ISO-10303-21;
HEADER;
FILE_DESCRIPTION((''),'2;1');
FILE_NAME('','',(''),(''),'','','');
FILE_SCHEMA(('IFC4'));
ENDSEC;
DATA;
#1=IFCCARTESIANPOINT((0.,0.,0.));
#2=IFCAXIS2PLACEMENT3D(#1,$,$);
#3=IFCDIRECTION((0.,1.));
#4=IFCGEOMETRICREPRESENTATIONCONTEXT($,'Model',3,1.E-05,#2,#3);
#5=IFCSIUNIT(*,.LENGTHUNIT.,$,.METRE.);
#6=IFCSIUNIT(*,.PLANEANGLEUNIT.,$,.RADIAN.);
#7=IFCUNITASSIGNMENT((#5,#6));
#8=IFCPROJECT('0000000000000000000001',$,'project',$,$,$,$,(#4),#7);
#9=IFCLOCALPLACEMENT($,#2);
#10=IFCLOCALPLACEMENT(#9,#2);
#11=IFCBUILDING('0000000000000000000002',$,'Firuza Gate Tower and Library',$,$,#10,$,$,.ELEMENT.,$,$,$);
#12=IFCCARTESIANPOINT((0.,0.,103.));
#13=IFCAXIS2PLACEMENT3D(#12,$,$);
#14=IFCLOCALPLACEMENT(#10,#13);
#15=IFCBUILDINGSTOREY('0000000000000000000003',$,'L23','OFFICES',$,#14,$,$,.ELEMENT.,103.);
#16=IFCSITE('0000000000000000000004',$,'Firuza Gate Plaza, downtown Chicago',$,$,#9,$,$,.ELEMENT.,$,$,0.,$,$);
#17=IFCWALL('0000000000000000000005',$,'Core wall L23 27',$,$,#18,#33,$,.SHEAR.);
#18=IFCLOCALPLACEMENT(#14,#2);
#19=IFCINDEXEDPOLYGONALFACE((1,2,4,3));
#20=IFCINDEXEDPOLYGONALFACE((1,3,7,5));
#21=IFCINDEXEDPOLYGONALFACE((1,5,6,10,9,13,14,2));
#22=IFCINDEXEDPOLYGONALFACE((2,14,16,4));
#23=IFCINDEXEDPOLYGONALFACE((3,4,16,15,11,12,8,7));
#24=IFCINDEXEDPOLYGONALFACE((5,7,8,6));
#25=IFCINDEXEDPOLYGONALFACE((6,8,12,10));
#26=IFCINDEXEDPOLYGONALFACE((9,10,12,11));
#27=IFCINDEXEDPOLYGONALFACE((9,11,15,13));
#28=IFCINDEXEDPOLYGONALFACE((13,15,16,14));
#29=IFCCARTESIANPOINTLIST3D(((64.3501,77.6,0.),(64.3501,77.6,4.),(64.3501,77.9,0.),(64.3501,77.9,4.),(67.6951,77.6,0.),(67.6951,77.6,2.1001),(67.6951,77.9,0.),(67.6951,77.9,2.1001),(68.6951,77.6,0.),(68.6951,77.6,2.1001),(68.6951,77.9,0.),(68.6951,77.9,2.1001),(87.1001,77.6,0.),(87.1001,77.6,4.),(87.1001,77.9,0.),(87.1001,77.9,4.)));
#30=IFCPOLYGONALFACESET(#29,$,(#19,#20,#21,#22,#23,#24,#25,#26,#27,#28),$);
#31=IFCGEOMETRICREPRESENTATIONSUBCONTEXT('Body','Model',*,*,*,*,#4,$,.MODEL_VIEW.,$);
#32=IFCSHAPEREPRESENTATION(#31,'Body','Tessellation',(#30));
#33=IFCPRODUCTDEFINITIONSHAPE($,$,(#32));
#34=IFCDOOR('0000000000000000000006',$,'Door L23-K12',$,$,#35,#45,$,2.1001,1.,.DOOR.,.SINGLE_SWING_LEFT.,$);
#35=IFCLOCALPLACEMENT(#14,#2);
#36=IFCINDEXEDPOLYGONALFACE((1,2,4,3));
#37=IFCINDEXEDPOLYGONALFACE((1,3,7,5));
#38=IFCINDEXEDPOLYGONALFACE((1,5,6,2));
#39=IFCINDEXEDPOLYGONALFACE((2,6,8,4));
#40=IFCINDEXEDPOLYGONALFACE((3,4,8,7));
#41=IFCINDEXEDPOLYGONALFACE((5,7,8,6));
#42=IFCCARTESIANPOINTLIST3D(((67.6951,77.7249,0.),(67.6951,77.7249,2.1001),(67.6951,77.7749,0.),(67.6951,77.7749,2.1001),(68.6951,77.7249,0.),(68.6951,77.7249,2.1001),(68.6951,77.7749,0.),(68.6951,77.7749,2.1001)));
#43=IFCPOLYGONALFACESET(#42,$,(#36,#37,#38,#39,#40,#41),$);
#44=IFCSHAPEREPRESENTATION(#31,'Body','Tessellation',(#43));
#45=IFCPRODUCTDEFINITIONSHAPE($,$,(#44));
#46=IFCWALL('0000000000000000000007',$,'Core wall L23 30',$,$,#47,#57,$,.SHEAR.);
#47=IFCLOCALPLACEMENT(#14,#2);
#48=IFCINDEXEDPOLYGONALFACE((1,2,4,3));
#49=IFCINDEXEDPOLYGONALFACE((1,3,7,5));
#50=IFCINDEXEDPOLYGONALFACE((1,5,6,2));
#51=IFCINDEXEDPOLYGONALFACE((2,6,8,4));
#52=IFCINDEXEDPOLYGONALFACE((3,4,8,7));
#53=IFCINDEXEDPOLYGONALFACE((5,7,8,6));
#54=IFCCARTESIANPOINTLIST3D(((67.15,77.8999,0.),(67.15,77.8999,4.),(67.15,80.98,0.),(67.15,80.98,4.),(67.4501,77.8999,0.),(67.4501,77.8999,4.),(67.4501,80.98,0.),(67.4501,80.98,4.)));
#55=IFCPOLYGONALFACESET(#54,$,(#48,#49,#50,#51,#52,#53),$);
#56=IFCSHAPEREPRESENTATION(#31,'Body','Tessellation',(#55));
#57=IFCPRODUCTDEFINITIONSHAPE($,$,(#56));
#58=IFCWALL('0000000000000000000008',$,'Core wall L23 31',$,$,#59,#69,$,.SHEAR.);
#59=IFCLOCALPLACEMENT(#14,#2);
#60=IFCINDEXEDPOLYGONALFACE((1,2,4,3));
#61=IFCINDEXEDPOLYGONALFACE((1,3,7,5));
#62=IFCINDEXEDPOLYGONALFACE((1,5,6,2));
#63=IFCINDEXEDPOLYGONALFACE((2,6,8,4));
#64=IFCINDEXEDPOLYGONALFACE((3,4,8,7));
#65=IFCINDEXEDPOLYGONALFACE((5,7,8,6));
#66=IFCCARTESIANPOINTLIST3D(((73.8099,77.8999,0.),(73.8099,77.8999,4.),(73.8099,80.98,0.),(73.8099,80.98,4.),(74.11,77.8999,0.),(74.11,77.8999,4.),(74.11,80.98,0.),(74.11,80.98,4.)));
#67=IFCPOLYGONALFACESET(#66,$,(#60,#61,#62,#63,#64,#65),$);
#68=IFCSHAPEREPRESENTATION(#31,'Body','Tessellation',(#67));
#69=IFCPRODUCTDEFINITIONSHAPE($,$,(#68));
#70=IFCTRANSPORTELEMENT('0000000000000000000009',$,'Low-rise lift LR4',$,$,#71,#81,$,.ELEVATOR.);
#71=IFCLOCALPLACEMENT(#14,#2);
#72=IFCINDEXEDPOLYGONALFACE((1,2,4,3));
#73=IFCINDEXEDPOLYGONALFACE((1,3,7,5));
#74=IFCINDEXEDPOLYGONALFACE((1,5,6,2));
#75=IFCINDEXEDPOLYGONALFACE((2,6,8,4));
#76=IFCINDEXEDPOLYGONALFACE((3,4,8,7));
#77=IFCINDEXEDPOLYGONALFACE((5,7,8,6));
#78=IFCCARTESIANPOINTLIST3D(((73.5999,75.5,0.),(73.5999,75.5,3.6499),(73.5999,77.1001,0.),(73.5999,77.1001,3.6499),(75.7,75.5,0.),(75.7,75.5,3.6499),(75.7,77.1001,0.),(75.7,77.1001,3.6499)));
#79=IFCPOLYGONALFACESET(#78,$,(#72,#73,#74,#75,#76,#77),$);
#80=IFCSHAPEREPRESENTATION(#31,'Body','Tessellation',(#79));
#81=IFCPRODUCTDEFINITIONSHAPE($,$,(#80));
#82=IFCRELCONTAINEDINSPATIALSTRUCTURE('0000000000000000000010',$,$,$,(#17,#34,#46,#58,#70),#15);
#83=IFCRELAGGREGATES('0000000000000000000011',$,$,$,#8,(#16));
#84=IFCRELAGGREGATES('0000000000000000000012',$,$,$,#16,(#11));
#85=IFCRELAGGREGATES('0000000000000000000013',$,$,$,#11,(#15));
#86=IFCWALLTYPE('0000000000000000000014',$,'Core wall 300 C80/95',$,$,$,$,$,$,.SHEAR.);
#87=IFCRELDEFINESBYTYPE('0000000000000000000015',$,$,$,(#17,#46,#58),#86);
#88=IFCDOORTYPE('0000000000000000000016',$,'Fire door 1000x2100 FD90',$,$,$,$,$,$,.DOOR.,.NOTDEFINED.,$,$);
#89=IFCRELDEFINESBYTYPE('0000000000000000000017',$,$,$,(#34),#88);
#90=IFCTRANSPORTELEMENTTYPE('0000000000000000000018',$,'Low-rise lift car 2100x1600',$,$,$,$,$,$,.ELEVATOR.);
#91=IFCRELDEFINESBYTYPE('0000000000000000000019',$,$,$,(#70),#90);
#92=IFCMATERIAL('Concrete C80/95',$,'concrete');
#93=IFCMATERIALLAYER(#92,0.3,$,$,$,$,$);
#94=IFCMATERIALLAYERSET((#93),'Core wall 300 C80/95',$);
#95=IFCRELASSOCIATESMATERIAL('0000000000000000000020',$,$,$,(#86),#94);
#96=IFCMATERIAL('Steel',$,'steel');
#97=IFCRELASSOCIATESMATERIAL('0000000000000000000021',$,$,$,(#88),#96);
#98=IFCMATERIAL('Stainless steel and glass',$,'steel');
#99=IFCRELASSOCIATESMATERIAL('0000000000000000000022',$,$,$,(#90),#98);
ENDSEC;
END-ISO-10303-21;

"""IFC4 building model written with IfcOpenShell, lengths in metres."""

from ifc_helpers import new_model, si_unit, direction, frame, frame_2d, origin, origin_2d, place, context, subcontext, project, spatial, rectangle, extrude, material, layer, layer_set, type_object, element, fill, save


model = new_model("IFC4")

# Units and contexts
model_context = context("Model", 3, precision=1e-05, world=origin(), true_north=direction((0.0, 1.0)))
body_context = subcontext(model_context, "Body", "Model", "MODEL_VIEW")
ifc_project = project(units=[si_unit("LENGTHUNIT", "METRE"), si_unit("PLANEANGLEUNIT", "RADIAN")], contexts=[model_context])

# Site, building, storey
site_placement = place(None, origin())
site = spatial("IfcSite", under=ifc_project, at=site_placement, Name="Firuza Gate Plaza, downtown Chicago", CompositionType="ELEMENT", RefElevation=0.0)
building_placement = place(site_placement, origin())
building = spatial("IfcBuilding", under=site, at=building_placement, Name="Firuza Gate Tower and Library", CompositionType="ELEMENT")
storey_placement = place(building_placement, frame((0.0, 0.0, 103.0)))
storey = spatial("IfcBuildingStorey", under=building, at=storey_placement, Name="L23", Description="OFFICES", CompositionType="ELEMENT", Elevation=103.0)

# Shared definitions
ifc_material_1 = material(Name="Concrete C80/95", Category="concrete")
ifc_layer_1 = layer(ifc_material_1, 0.3)
ifc_layer_set_1 = layer_set([ifc_layer_1], Name="Core wall 300 C80/95")
wall_type_1 = type_object("IfcWallType", Name="Core wall 300 C80/95", PredefinedType="SHEAR", material=ifc_layer_set_1)

# Wall, opening, door
wall_1_placement = place(storey_placement, frame((64.3501, 77.75, 0.0), z_axis=(0.0, 0.0, 1.0), x_axis=(1.0, 0.0, 0.0)))
wall_1 = element("IfcWall", 1, at=wall_1_placement, inside=storey, type_object=wall_type_1, Name="Core wall L23 27", PredefinedType="SHEAR", context=body_context, shape_type="SweptSolid", body=[
    extrude(rectangle(XDim=22.75, YDim=0.3, at=frame_2d((11.375, 0.0))), origin(), (0.0, 0.0, 1.0), 4.0),
])
opening_1_placement = place(wall_1_placement, frame((3.345, 0.0, 0.0)))
opening_1 = element("IfcOpeningElement", 2, at=opening_1_placement, cuts=wall_1, PredefinedType="OPENING", context=body_context, shape_type="SweptSolid", body=[
    extrude(rectangle(XDim=1.0, YDim=2.1001, at=frame_2d((0.5, 1.05))), frame((0.0, 0.1602, 0.0), z_axis=(0.0, -1.0, 0.0), x_axis=(1.0, 0.0, 0.0)), (0.0, 0.0, 1.0), 0.3201),
])
ifc_material_2 = material(Name="Steel", Category="steel")
door_type_1 = type_object("IfcDoorType", Name="Fire door 1000x2100 FD90", OperationType="NOTDEFINED", PredefinedType="DOOR", material=ifc_material_2)
door_1_placement = place(opening_1_placement, origin())
door_1 = element("IfcDoor", 3, at=door_1_placement, inside=storey, type_object=door_type_1, Name="Door L23-K12", OperationType="SINGLE_SWING_LEFT", OverallHeight=2.1001, OverallWidth=1.0, PredefinedType="DOOR", context=body_context, shape_type="SweptSolid", body=[
    extrude(rectangle(XDim=1.0, YDim=2.1001, at=frame_2d((0.5, 1.05))), frame((0.0, 0.0249, 0.0), z_axis=(0.0, -1.0, 0.0), x_axis=(1.0, 0.0, 0.0)), (0.0, 0.0, 1.0), 0.05),
])
fill(opening_1, door_1)

# Walls
for number, where, z_axis, x_axis, name in (
    (4, (67.3, 77.8999, 0.0), (0.0, 0.0, 1.0), (0.0, 1.0, 0.0), "Core wall L23 30"),
    (5, (73.96, 77.8999, 0.0), (0.0, 0.0, 1.0), (0.0, 1.0, 0.0), "Core wall L23 31"),
):
    element("IfcWall", number, at=place(storey_placement, frame(where, z_axis=z_axis, x_axis=x_axis)), inside=storey, type_object=wall_type_1, Name=name, PredefinedType="SHEAR", context=body_context, shape_type="SweptSolid", body=[
        extrude(rectangle(XDim=3.0801, YDim=0.3, at=frame_2d((1.54, 0.0))), origin(), (0.0, 0.0, 1.0), 4.0),
    ])

# Transport element
ifc_material_3 = material(Name="Stainless steel and glass", Category="steel")
transport_element_type = type_object("IfcTransportElementType", Name="Low-rise lift car 2100x1600", PredefinedType="ELEVATOR", material=ifc_material_3)
transport_element_placement = place(storey_placement, frame((74.6499, 76.3, 0.0), z_axis=(0.0, 0.0, 1.0), x_axis=(1.0, 0.0, 0.0)))
element("IfcTransportElement", 6, at=transport_element_placement, inside=storey, type_object=transport_element_type, Name="Low-rise lift LR4", PredefinedType="ELEVATOR", context=body_context, shape_type="SweptSolid", body=[
    extrude(rectangle(XDim=2.1001, YDim=1.6001, at=origin_2d()), origin(), (0.0, 0.0, 1.0), 3.6499),
])

save(model, "model.ifc")
